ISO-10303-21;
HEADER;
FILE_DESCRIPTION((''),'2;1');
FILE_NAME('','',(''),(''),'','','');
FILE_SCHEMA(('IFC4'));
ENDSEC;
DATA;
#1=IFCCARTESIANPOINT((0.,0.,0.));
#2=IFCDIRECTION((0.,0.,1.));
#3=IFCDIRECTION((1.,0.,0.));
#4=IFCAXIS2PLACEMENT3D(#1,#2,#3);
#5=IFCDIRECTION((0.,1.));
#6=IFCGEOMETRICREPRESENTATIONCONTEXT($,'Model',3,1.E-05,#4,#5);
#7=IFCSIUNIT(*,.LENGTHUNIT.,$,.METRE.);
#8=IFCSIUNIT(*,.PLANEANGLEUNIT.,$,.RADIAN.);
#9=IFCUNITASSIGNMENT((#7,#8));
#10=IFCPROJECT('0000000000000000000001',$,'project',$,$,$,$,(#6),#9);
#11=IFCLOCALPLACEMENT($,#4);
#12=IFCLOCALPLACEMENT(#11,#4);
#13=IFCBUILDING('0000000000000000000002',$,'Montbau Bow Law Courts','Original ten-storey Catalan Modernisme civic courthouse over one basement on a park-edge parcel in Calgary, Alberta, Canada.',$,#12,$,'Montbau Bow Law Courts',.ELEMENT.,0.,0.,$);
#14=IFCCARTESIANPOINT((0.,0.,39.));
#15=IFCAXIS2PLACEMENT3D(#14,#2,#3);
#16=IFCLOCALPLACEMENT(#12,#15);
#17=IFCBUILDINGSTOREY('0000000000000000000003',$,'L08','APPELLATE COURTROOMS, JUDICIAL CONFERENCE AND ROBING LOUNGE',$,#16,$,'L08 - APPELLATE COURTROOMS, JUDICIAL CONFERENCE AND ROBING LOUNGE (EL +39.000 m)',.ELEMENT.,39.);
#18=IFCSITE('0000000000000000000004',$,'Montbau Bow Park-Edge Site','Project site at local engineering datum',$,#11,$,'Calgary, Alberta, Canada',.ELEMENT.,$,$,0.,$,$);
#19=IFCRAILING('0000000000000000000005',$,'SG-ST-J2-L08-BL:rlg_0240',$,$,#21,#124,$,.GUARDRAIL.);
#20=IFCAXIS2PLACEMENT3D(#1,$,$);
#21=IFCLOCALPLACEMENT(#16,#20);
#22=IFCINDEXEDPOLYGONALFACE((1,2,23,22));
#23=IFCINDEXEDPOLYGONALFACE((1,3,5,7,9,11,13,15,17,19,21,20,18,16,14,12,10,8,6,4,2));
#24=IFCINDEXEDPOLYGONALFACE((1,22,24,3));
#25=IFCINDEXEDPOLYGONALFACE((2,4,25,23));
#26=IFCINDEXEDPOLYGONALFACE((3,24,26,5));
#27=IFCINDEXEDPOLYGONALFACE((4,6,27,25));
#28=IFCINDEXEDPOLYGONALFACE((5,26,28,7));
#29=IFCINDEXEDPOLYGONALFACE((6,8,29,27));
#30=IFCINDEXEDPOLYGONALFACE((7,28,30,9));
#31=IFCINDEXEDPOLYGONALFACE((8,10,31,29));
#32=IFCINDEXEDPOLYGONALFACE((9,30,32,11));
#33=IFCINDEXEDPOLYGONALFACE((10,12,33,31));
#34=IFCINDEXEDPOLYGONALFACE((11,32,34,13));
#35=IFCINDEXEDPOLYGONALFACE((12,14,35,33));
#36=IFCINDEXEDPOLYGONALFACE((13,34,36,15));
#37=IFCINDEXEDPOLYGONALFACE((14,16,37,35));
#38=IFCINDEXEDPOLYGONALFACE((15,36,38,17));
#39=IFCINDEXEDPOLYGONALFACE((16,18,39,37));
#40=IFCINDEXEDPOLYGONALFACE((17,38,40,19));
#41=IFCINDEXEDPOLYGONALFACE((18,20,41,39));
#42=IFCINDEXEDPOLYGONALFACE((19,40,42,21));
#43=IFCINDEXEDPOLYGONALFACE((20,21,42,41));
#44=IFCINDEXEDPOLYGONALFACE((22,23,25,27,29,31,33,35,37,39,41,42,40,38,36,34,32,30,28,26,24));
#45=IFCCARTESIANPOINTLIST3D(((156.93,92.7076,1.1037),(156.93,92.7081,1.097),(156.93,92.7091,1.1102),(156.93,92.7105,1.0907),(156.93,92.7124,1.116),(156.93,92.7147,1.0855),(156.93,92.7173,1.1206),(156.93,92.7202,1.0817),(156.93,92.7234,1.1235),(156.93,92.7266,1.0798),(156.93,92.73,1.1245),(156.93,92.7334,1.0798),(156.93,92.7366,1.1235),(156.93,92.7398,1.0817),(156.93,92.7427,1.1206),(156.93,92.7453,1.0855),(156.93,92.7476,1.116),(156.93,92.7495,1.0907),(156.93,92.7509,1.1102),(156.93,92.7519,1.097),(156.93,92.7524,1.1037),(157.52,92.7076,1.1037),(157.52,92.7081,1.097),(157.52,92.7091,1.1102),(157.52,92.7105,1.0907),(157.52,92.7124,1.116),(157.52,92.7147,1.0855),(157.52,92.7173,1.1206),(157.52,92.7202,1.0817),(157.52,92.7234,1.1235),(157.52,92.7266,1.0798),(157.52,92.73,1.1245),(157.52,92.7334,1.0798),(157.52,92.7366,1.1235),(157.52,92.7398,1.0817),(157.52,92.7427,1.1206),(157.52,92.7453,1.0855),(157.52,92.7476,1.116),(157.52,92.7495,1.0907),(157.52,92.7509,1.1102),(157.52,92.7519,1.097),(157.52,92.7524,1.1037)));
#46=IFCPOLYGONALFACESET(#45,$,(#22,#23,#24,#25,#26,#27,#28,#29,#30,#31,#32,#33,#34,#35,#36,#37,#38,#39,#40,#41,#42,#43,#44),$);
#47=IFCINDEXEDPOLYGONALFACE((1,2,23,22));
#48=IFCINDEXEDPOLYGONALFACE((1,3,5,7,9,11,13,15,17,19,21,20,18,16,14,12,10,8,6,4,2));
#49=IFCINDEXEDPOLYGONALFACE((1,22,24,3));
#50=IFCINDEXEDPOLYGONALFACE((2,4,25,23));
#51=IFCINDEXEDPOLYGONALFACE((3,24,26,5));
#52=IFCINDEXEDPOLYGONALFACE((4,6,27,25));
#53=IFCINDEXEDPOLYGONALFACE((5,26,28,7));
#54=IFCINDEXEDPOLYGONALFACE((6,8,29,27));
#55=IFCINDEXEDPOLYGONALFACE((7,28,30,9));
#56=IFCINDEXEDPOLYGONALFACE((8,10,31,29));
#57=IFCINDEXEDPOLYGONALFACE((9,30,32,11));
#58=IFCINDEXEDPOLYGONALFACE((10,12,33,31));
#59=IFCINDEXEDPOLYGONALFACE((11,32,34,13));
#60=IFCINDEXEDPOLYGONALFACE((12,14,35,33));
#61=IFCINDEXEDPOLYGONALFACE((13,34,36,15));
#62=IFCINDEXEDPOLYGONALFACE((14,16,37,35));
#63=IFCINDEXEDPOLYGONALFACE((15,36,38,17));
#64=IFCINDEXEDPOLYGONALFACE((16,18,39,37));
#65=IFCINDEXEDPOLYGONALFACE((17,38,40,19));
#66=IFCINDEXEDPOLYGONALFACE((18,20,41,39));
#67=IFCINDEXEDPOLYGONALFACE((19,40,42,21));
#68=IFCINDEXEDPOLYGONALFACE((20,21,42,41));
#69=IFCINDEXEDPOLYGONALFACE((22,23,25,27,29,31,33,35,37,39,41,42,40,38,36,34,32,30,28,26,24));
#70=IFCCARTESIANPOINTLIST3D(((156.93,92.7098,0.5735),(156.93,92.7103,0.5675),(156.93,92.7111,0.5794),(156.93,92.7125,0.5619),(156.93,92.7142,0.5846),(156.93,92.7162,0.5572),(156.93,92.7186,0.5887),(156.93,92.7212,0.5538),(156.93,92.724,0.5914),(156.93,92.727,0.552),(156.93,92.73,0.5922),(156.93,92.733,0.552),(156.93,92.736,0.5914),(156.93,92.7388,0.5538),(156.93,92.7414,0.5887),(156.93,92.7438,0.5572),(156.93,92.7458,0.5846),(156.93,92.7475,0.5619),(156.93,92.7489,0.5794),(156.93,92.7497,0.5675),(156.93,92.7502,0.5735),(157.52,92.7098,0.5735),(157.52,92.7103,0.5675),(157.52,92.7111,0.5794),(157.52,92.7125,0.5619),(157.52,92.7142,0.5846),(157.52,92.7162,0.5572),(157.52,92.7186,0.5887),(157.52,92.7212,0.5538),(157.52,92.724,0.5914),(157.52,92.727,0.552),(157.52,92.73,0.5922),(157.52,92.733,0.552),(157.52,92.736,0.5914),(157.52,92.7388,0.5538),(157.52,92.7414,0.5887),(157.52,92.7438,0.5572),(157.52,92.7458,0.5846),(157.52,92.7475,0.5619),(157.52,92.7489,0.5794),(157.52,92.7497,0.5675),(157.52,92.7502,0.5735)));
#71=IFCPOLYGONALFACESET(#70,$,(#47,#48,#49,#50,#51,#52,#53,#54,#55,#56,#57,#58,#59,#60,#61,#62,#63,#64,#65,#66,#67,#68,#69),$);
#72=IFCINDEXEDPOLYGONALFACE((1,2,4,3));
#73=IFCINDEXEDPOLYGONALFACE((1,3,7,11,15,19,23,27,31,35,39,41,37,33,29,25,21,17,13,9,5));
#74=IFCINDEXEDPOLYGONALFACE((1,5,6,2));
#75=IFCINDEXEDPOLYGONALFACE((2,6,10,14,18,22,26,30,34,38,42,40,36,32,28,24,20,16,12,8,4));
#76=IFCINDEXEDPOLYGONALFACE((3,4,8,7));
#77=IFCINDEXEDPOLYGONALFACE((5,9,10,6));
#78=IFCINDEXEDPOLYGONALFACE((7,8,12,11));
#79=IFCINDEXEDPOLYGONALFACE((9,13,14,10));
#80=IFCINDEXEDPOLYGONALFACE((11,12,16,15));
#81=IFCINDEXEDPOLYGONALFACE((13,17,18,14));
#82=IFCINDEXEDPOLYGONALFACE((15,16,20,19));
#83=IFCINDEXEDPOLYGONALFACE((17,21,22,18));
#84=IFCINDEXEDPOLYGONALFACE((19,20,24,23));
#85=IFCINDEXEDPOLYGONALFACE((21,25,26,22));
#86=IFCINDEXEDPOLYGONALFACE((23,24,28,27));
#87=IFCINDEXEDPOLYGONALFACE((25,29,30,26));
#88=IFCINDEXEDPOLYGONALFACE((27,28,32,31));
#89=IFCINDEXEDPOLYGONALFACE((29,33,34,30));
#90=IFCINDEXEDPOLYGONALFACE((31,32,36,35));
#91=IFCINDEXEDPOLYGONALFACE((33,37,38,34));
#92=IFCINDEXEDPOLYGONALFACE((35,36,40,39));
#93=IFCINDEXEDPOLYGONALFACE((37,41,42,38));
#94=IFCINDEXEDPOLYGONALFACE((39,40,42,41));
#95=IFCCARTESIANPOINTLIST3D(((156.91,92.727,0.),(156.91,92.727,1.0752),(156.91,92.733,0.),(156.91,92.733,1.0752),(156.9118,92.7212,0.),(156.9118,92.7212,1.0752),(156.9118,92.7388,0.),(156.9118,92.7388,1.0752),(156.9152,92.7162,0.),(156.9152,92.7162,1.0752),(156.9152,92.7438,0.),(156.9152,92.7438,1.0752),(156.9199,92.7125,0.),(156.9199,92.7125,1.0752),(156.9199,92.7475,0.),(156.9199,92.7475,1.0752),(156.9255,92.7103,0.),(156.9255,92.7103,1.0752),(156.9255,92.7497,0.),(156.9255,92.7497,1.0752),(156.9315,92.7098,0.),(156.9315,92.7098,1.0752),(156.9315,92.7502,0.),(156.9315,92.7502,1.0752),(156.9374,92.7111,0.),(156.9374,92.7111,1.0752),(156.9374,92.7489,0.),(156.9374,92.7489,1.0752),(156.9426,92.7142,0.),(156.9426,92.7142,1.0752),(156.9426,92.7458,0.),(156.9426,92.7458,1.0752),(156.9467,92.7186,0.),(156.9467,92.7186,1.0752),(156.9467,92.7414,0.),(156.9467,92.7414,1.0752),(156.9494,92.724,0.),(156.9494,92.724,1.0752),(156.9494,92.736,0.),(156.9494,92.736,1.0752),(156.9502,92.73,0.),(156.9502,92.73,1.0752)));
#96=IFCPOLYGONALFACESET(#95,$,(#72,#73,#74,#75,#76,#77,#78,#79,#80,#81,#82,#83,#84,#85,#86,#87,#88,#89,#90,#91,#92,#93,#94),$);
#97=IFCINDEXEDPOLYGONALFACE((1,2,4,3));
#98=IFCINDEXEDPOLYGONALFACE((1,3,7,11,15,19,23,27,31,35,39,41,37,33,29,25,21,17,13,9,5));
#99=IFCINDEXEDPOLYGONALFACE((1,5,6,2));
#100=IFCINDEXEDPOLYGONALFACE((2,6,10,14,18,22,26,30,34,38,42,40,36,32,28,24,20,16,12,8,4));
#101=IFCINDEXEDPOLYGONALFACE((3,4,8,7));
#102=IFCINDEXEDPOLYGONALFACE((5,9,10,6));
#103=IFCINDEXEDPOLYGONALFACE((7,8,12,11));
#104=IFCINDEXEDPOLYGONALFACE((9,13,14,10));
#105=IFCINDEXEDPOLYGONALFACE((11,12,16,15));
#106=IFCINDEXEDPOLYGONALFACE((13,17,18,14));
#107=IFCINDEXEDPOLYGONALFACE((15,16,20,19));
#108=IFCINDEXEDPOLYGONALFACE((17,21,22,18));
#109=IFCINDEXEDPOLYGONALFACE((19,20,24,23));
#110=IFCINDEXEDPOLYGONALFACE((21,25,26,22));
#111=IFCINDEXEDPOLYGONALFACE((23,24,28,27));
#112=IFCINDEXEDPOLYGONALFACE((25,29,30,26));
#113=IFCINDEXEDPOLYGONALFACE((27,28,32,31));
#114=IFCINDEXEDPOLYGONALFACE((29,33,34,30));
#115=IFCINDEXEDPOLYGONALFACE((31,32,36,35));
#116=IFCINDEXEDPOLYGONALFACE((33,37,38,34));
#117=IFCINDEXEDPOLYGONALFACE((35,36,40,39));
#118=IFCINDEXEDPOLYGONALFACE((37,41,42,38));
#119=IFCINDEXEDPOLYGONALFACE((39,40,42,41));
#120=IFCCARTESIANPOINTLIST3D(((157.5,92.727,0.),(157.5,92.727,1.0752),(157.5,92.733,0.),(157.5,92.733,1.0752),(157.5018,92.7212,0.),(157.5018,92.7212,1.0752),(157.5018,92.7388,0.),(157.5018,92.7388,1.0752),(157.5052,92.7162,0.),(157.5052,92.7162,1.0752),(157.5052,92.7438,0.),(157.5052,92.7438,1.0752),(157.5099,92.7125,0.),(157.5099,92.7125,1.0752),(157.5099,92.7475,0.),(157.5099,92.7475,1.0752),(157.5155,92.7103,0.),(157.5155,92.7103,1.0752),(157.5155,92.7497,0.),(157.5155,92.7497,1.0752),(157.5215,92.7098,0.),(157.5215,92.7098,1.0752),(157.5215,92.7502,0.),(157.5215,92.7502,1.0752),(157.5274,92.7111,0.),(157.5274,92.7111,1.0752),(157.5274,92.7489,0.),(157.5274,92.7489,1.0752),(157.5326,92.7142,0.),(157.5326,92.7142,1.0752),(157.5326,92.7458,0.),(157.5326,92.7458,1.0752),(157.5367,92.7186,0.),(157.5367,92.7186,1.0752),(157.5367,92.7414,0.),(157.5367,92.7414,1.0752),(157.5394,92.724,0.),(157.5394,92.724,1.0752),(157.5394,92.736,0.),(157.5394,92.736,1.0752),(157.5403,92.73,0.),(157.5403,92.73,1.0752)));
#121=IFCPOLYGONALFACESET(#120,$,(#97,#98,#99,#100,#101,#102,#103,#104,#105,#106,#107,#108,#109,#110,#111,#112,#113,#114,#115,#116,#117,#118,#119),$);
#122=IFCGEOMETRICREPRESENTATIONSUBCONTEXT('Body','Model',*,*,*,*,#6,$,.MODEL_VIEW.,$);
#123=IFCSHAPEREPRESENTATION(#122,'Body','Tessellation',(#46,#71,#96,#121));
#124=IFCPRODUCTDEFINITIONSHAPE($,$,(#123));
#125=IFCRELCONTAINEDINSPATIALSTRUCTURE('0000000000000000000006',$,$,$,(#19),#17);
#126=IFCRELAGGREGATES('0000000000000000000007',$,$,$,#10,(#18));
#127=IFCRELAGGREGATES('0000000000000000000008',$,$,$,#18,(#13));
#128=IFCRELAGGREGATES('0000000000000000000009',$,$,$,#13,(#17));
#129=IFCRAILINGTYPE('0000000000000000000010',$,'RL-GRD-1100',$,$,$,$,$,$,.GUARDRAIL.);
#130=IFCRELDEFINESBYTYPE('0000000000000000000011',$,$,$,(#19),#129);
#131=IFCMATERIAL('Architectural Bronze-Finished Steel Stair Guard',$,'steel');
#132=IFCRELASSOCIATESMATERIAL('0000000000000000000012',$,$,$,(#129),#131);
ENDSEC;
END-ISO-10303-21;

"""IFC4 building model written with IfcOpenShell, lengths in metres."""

from ifc_helpers import new_model, si_unit, direction, frame, origin_with_axes, origin_2d_with_axis, place, context, subcontext, project, spatial, circle, extrude, material, type_object, element, save


model = new_model("IFC4")

# Units and contexts
model_context = context("Model", 3, precision=1e-05, world=origin_with_axes(), true_north=direction((0.0, 1.0)))
body_context = subcontext(model_context, "Body", "Model", "MODEL_VIEW")
ifc_project = project(units=[si_unit("LENGTHUNIT", "METRE"), si_unit("PLANEANGLEUNIT", "RADIAN")], contexts=[model_context])

# Site, building, storey
site_placement = place(None, origin_with_axes())
site = spatial("IfcSite", under=ifc_project, at=site_placement, Name="Montbau Bow Park-Edge Site", Description="Project site at local engineering datum", LongName="Calgary, Alberta, Canada", CompositionType="ELEMENT", RefElevation=0.0)
building_placement = place(site_placement, origin_with_axes())
building = spatial("IfcBuilding", under=site, at=building_placement, Name="Montbau Bow Law Courts", Description="Original ten-storey Catalan Modernisme civic courthouse over one basement on a park-edge parcel in Calgary, Alberta, Canada.", LongName="Montbau Bow Law Courts", CompositionType="ELEMENT", ElevationOfRefHeight=0.0, ElevationOfTerrain=0.0)
storey_placement = place(building_placement, frame((0.0, 0.0, 39.0), z_axis=(0.0, 0.0, 1.0), x_axis=(1.0, 0.0, 0.0)))
storey = spatial("IfcBuildingStorey", under=building, at=storey_placement, Name="L08", Description="APPELLATE COURTROOMS, JUDICIAL CONFERENCE AND ROBING LOUNGE", LongName="L08 - APPELLATE COURTROOMS, JUDICIAL CONFERENCE AND ROBING LOUNGE (EL +39.000 m)", CompositionType="ELEMENT", Elevation=39.0)

# Railing
ifc_material_1 = material(Name="Architectural Bronze-Finished Steel Stair Guard", Category="steel")
railing_type_1 = type_object("IfcRailingType", Name="RL-GRD-1100", PredefinedType="GUARDRAIL", material=ifc_material_1)
railing_1_placement = place(None, origin_with_axes())
element("IfcRailing", 1, at=railing_1_placement, inside=storey, type_object=railing_type_1, Name="SG-ST-J2-L08-BL:rlg_0240", PredefinedType="GUARDRAIL", context=body_context, shape_type="SweptSolid", body=[
    extrude(circle(Radius=0.0225, at=origin_2d_with_axis()), frame((156.93, 92.73, 40.102), z_axis=(1.0, 0.0, 0.0), x_axis=(0.0, 0.0, 1.0)), (0.0, 0.0, 1.0), 0.59),
    extrude(circle(Radius=0.0203, at=origin_2d_with_axis()), frame((156.93, 92.73, 39.572), z_axis=(1.0, 0.0, 0.0), x_axis=(0.0, 0.0, 1.0)), (0.0, 0.0, 1.0), 0.59),
    extrude(circle(Radius=0.0203, at=origin_2d_with_axis()), frame((156.93, 92.73, 39.0), z_axis=(0.0, 0.0, 1.0), x_axis=(1.0, 0.0, 0.0)), (0.0, 0.0, 1.0), 1.0753),
    extrude(circle(Radius=0.0203, at=origin_2d_with_axis()), frame((157.52, 92.73, 39.0), z_axis=(0.0, 0.0, 1.0), x_axis=(1.0, 0.0, 0.0)), (0.0, 0.0, 1.0), 1.0753),
])

save(model, "model.ifc")
